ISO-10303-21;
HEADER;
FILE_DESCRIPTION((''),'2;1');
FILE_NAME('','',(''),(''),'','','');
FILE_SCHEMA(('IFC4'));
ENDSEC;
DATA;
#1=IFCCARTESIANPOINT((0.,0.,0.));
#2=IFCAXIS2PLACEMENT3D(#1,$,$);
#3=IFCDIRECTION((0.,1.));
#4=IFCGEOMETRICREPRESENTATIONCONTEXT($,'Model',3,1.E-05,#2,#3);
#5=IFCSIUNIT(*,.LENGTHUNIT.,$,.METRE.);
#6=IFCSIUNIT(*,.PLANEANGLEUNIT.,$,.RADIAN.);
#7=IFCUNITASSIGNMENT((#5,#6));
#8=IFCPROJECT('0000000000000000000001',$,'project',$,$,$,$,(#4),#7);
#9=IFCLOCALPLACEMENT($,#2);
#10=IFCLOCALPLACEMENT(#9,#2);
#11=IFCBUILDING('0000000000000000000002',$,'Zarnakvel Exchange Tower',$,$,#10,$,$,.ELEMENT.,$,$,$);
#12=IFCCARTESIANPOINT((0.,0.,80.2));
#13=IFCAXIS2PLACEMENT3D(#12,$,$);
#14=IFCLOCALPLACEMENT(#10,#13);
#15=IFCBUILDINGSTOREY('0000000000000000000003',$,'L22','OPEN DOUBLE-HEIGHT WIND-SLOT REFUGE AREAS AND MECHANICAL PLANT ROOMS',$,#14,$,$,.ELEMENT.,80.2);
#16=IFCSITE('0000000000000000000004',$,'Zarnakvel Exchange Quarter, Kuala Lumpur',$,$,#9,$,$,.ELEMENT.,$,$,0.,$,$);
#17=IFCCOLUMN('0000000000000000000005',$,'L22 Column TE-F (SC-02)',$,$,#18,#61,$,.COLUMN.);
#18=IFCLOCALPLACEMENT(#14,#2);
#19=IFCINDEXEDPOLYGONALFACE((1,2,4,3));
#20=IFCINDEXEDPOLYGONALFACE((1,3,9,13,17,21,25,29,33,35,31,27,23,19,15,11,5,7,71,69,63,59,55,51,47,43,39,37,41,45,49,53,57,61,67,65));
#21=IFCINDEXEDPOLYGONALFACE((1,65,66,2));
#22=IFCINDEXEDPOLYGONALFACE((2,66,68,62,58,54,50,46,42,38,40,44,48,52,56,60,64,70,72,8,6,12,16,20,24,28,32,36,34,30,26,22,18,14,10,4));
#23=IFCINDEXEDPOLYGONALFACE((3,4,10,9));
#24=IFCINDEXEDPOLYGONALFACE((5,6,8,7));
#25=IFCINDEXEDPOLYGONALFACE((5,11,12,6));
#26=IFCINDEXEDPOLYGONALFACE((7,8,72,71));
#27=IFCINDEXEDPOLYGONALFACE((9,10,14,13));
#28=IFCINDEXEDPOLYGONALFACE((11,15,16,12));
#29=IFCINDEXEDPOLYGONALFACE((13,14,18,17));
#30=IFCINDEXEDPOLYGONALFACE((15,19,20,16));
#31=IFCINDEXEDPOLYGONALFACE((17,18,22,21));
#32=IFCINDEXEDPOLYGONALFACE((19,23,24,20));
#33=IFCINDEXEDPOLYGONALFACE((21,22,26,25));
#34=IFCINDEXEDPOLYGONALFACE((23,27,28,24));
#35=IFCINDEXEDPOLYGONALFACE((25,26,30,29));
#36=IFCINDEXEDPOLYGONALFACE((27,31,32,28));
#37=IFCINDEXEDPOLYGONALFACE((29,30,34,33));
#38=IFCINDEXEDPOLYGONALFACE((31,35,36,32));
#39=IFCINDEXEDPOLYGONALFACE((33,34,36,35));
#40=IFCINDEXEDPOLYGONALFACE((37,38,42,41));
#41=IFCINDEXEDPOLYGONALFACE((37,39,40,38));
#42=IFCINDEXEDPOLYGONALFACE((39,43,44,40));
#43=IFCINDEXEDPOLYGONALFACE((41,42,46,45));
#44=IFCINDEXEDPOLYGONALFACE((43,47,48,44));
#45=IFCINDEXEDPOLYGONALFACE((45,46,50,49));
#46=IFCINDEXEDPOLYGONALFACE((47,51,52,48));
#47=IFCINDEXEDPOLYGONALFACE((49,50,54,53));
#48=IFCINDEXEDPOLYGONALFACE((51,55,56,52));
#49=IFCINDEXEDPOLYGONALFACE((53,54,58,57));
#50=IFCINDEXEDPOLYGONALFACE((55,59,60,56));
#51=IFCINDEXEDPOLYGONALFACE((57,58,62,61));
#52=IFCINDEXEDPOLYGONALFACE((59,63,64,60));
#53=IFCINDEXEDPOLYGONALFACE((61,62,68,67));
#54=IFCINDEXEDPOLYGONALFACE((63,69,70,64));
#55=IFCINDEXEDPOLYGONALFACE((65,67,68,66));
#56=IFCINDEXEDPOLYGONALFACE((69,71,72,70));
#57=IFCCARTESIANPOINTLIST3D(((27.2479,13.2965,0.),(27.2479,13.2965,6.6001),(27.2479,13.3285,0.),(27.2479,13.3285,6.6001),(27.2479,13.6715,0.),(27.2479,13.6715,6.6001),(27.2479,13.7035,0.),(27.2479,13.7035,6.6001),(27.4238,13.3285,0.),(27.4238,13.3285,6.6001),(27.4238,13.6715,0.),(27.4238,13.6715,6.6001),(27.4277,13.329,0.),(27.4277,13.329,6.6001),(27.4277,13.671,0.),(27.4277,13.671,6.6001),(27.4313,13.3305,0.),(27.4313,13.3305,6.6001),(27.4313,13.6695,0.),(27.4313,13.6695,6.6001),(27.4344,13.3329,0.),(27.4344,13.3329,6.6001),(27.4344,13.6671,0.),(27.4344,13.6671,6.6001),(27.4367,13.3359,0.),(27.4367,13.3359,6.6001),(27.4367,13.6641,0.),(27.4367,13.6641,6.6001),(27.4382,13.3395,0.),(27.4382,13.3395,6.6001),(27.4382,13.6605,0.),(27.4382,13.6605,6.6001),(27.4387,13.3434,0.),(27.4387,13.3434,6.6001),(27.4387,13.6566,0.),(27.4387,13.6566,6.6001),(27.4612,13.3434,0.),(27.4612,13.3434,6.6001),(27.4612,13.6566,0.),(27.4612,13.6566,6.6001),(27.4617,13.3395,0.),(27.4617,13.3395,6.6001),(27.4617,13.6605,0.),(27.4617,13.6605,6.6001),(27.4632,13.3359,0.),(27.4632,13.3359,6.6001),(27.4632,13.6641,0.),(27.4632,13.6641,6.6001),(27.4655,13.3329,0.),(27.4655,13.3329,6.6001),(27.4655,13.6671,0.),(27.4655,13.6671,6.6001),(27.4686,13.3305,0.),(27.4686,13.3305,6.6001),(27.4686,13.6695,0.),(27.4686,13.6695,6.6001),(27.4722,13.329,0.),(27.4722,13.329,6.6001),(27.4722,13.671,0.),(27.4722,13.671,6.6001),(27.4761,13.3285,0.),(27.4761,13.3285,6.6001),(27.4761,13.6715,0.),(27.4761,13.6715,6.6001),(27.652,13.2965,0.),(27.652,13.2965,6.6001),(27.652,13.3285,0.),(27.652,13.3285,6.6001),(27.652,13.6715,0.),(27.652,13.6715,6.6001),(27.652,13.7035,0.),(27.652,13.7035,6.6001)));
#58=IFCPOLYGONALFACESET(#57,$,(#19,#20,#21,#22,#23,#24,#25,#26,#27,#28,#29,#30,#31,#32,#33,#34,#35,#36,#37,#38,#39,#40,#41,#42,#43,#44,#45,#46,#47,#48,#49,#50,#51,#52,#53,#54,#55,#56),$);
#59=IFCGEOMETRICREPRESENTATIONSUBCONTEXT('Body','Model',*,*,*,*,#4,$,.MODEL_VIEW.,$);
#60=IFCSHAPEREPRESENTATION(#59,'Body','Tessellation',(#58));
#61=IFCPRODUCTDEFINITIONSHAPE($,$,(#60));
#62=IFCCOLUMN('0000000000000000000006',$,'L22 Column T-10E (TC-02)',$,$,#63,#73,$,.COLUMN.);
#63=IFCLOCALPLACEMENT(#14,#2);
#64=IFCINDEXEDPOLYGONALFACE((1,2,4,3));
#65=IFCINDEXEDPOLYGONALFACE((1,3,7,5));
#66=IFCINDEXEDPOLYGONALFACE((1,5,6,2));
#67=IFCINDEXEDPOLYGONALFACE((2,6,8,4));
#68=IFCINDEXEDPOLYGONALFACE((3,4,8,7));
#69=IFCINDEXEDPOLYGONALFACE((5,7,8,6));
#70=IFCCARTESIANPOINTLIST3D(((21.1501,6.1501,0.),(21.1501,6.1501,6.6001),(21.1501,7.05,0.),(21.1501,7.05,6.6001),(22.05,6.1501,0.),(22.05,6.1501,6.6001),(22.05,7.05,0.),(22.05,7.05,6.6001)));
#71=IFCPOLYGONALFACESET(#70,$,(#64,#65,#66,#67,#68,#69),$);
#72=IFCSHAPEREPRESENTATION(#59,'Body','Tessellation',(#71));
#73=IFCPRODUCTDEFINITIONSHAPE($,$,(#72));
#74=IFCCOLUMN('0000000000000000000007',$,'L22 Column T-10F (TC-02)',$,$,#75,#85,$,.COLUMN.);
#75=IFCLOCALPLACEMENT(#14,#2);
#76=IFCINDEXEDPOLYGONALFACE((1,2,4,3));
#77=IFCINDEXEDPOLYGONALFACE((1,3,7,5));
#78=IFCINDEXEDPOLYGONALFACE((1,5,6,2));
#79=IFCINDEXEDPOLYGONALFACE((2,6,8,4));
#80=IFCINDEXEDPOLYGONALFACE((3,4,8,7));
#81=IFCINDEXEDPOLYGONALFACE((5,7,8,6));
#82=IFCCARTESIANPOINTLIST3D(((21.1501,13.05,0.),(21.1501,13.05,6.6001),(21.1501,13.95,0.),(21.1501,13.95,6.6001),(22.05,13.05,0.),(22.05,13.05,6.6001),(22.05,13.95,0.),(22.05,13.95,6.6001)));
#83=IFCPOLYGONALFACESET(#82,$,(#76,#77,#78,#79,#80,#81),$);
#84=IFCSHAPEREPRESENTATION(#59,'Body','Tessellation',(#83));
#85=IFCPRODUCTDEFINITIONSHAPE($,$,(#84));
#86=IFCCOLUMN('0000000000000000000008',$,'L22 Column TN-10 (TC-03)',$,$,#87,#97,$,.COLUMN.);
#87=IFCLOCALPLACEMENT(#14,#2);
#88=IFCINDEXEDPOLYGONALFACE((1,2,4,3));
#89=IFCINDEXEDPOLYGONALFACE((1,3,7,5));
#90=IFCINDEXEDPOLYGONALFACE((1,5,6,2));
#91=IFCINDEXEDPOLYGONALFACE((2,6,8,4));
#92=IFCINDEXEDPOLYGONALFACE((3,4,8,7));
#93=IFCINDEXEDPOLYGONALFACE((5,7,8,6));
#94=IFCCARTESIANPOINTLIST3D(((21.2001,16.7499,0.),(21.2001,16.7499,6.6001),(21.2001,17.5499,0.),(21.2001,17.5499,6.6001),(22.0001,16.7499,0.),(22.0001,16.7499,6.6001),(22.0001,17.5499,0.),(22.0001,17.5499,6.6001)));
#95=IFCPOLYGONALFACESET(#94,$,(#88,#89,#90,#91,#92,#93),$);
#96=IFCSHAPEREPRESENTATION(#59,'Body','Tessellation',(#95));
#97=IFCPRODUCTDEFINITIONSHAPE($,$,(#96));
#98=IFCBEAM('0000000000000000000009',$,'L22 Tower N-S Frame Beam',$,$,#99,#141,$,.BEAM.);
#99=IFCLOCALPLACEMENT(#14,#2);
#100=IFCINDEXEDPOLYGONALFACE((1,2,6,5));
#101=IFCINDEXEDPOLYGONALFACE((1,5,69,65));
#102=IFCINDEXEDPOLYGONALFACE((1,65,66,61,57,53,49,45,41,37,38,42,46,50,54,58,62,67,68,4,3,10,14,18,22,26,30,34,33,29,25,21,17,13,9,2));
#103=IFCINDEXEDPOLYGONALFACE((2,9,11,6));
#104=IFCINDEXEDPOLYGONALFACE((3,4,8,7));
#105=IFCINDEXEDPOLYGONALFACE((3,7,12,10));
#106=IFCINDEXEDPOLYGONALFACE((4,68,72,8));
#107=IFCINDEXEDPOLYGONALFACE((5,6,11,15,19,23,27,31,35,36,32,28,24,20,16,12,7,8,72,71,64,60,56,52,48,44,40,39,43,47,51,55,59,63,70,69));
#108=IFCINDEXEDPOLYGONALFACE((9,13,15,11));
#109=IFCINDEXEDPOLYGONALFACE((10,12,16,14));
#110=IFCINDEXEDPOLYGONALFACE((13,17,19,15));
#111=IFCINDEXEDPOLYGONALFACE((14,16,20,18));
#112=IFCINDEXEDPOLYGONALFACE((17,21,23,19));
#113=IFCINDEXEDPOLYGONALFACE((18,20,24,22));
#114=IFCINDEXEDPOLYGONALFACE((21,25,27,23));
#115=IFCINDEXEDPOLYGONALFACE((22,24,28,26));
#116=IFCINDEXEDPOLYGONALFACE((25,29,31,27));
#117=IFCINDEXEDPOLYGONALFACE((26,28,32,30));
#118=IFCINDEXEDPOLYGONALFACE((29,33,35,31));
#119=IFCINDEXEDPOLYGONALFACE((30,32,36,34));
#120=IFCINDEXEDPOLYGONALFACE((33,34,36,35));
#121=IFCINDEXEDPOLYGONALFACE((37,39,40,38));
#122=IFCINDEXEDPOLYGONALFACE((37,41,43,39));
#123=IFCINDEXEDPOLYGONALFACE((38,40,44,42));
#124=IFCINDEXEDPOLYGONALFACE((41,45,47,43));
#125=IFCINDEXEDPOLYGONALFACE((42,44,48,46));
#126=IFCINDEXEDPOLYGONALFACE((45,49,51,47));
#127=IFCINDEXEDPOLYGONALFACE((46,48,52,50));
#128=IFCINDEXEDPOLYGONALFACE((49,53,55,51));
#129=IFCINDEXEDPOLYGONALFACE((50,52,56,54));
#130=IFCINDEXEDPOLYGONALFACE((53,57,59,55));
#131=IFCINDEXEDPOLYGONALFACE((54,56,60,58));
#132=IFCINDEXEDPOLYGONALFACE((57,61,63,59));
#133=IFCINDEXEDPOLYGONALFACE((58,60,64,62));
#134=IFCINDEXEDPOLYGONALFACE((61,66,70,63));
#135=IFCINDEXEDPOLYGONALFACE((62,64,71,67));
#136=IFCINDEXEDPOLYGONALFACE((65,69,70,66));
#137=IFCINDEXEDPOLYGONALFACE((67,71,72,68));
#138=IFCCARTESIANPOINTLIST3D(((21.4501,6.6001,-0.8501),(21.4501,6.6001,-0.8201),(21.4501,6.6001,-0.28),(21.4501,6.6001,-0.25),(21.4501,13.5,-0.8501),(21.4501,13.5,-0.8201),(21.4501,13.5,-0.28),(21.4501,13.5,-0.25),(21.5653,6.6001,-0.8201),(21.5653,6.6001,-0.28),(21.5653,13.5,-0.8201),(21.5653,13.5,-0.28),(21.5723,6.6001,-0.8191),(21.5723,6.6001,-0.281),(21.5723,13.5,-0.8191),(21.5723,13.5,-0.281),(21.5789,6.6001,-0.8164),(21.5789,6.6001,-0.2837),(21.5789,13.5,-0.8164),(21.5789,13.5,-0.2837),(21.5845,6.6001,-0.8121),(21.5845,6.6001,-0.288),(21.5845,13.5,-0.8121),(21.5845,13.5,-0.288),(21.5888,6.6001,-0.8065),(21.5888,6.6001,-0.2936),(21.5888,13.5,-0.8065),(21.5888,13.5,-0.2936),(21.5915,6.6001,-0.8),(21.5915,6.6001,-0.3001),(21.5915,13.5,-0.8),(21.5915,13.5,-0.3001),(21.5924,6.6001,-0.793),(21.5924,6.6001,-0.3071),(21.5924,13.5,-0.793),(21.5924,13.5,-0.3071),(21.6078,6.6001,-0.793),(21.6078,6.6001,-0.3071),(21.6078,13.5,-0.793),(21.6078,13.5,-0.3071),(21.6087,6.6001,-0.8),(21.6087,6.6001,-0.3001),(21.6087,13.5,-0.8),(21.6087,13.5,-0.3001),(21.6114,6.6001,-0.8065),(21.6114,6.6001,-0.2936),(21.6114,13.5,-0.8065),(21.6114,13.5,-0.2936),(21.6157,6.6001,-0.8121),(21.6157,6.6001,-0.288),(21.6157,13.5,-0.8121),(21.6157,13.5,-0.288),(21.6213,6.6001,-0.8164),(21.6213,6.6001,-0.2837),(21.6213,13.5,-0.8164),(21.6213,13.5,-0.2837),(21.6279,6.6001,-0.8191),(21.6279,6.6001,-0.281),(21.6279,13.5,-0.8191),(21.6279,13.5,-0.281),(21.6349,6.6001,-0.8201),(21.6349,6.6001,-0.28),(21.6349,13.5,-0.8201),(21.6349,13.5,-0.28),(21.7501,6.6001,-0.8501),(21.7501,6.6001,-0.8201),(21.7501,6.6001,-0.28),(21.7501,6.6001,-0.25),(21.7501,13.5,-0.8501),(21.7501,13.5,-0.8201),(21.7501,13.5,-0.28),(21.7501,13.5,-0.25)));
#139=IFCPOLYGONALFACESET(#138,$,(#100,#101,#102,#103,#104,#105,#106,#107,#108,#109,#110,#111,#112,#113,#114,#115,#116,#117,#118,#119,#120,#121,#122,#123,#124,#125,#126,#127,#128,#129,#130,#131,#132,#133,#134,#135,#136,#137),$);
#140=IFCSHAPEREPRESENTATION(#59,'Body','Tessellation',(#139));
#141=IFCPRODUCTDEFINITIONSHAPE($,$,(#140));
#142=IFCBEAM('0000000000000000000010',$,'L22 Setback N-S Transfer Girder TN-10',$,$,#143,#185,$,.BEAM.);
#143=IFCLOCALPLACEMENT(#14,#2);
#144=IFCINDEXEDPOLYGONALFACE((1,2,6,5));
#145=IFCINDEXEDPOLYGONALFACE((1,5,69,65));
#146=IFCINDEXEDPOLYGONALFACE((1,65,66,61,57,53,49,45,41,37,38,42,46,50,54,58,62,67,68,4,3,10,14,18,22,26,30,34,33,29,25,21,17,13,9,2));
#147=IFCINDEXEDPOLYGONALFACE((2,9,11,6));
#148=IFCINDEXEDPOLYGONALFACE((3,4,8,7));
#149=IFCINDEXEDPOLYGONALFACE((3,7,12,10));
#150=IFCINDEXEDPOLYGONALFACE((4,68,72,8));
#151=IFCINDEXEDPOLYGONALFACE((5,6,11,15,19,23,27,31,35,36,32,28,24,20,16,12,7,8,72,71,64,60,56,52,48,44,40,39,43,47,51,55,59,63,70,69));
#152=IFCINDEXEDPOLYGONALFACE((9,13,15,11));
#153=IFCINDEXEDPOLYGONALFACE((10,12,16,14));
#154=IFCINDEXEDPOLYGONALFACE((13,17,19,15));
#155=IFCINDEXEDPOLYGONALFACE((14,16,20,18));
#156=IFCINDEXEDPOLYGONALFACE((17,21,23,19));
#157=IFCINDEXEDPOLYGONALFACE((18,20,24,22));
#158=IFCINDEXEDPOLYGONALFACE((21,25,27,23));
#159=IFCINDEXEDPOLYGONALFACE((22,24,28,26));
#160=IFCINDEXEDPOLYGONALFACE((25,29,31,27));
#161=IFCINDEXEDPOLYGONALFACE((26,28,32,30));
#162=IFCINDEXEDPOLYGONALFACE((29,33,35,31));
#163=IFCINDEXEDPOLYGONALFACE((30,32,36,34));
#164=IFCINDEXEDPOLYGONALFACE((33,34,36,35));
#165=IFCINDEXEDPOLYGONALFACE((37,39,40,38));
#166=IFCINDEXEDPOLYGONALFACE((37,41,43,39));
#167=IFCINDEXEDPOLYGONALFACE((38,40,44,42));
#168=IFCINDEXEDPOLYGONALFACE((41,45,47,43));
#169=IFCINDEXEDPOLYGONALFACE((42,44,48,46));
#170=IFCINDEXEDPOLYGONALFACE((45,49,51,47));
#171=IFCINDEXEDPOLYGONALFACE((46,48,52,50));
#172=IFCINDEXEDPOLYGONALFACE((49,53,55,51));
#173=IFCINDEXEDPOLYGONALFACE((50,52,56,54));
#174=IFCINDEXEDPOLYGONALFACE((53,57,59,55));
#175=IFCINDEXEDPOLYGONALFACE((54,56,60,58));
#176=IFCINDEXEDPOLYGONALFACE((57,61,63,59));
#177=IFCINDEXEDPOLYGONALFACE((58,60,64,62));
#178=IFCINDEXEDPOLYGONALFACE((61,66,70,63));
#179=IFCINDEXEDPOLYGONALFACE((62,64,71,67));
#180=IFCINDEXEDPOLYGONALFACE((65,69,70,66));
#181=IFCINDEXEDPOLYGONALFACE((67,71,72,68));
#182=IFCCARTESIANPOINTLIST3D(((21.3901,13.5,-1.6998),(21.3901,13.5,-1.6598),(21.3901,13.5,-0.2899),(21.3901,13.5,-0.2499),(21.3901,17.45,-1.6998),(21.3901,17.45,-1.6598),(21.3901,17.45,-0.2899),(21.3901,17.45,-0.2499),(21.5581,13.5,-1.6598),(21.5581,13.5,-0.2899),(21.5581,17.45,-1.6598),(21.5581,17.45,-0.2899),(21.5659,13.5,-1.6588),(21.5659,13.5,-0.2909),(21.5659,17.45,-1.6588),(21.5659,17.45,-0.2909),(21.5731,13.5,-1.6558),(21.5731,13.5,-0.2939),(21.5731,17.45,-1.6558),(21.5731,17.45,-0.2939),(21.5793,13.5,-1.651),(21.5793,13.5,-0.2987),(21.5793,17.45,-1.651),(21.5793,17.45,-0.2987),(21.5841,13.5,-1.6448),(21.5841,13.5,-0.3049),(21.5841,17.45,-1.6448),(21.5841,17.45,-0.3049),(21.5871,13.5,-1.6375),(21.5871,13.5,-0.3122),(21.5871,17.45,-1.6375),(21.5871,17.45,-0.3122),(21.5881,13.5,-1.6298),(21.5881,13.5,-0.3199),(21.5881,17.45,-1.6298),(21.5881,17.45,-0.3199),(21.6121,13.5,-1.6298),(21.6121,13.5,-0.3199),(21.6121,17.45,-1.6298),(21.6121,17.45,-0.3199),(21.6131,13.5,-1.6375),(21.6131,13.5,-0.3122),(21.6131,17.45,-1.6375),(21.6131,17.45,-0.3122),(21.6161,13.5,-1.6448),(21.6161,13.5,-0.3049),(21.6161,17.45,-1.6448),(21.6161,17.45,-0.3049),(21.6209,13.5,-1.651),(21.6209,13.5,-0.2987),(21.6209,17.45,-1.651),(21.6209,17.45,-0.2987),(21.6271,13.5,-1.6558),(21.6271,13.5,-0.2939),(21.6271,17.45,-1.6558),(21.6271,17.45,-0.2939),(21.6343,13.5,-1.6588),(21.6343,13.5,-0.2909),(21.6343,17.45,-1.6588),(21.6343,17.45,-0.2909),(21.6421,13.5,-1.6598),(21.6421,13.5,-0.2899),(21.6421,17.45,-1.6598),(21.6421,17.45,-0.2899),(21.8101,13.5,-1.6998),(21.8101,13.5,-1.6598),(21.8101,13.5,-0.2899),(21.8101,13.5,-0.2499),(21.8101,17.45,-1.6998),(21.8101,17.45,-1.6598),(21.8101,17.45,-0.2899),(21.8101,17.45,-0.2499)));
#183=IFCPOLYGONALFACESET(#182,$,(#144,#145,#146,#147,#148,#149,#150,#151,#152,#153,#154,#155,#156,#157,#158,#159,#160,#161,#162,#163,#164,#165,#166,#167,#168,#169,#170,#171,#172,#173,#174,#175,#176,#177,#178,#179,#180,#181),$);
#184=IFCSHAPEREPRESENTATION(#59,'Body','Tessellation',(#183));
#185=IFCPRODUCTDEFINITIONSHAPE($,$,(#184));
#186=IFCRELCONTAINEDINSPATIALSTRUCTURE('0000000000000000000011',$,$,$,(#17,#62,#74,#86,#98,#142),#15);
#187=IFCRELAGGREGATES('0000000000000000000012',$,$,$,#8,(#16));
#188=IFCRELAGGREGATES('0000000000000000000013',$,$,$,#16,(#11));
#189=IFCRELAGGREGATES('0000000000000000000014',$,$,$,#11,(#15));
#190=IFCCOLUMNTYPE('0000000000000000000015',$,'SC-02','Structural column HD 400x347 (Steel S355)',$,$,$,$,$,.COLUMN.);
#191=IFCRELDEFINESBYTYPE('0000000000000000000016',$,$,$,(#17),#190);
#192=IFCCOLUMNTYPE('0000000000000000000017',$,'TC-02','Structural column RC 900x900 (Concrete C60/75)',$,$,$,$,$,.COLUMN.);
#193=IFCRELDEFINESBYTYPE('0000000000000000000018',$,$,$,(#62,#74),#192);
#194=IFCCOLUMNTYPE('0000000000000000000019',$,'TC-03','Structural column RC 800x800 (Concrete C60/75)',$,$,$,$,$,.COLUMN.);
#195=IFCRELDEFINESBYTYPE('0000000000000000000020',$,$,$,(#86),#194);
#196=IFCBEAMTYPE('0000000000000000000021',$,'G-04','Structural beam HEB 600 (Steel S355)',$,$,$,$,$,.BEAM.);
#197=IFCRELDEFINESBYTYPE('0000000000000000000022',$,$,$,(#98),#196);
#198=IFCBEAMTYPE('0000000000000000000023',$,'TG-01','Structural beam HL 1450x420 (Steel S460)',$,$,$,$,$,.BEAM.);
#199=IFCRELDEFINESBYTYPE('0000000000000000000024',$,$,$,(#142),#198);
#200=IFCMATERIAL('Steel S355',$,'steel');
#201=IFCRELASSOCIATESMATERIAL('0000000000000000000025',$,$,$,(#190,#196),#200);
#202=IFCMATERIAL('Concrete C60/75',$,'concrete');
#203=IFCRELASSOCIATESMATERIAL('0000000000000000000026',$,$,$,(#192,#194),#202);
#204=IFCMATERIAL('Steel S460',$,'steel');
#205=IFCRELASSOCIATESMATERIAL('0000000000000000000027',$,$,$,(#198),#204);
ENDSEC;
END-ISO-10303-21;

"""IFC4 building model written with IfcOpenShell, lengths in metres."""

from ifc_helpers import new_model, si_unit, direction, frame, origin, origin_2d, place, context, subcontext, project, spatial, rectangle, i_section, extrude, material, material_profile, profile_set, type_object, element, save


model = new_model("IFC4")

# Units and contexts
model_context = context("Model", 3, precision=1e-05, world=origin(), true_north=direction((0.0, 1.0)))
body_context = subcontext(model_context, "Body", "Model", "MODEL_VIEW")
ifc_project = project(units=[si_unit("LENGTHUNIT", "METRE"), si_unit("PLANEANGLEUNIT", "RADIAN")], contexts=[model_context])

# Site, building, storey
site_placement = place(None, origin())
site = spatial("IfcSite", under=ifc_project, at=site_placement, Name="Zarnakvel Exchange Quarter, Kuala Lumpur", CompositionType="ELEMENT", RefElevation=0.0)
building_placement = place(site_placement, origin())
building = spatial("IfcBuilding", under=site, at=building_placement, Name="Zarnakvel Exchange Tower", CompositionType="ELEMENT")
storey_placement = place(building_placement, frame((0.0, 0.0, 80.2)))
storey = spatial("IfcBuildingStorey", under=building, at=storey_placement, Name="L22", Description="OPEN DOUBLE-HEIGHT WIND-SLOT REFUGE AREAS AND MECHANICAL PLANT ROOMS", CompositionType="ELEMENT", Elevation=80.2)

# Columns
ifc_material_1 = material(Name="Steel S355", Category="steel")
ifc_material_profile_1 = material_profile(ifc_material_1, i_section(OverallWidth=0.4041, OverallDepth=0.407, WebThickness=0.0225, FlangeThickness=0.032, FilletRadius=0.0149, at=origin_2d()))
ifc_profile_set_1 = profile_set([ifc_material_profile_1], Name="Steel S355")
column_type_1 = type_object("IfcColumnType", Name="SC-02", Description="Structural column HD 400x347 (Steel S355)", PredefinedType="COLUMN", material=ifc_profile_set_1)
column_1_placement = place(storey_placement, frame((27.45, 13.5, 0.0), z_axis=(0.0, 0.0, 1.0), x_axis=(1.0, 0.0, 0.0)))
element("IfcColumn", 1, at=column_1_placement, inside=storey, type_object=column_type_1, Name="L22 Column TE-F (SC-02)", PredefinedType="COLUMN", context=body_context, shape_type="SweptSolid", body=[
    extrude(i_section(OverallWidth=0.4041, OverallDepth=0.407, WebThickness=0.0225, FlangeThickness=0.032, FilletRadius=0.0149, at=origin_2d()), origin(), (0.0, 0.0, 1.0), 6.6001),
])
ifc_material_2 = material(Name="Concrete C60/75", Category="concrete")
ifc_material_profile_2 = material_profile(ifc_material_2, rectangle(XDim=0.8999, YDim=0.8999, at=origin_2d()))
ifc_profile_set_2 = profile_set([ifc_material_profile_2], Name="Concrete C60/75")
column_type_2 = type_object("IfcColumnType", Name="TC-02", Description="Structural column RC 900x900 (Concrete C60/75)", PredefinedType="COLUMN", material=ifc_profile_set_2)
for number, where, z_axis, x_axis, name in (
    (2, (21.6001, 6.6001, 0.0), (0.0, 0.0, 1.0), (1.0, 0.0, 0.0), "L22 Column T-10E (TC-02)"),
    (3, (21.6001, 13.5, 0.0), (0.0, 0.0, 1.0), (1.0, 0.0, 0.0), "L22 Column T-10F (TC-02)"),
):
    element("IfcColumn", number, at=place(storey_placement, frame(where, z_axis=z_axis, x_axis=x_axis)), inside=storey, type_object=column_type_2, Name=name, PredefinedType="COLUMN", context=body_context, shape_type="SweptSolid", body=[
        extrude(rectangle(XDim=0.8999, YDim=0.8999, at=origin_2d()), origin(), (0.0, 0.0, 1.0), 6.6001),
    ])
ifc_material_profile_3 = material_profile(ifc_material_2, rectangle(XDim=0.8, YDim=0.8, at=origin_2d()))
ifc_profile_set_3 = profile_set([ifc_material_profile_3], Name="Concrete C60/75")
column_type_3 = type_object("IfcColumnType", Name="TC-03", Description="Structural column RC 800x800 (Concrete C60/75)", PredefinedType="COLUMN", material=ifc_profile_set_3)
column_2_placement = place(storey_placement, frame((21.6001, 17.1499, 0.0), z_axis=(0.0, 0.0, 1.0), x_axis=(1.0, 0.0, 0.0)))
element("IfcColumn", 4, at=column_2_placement, inside=storey, type_object=column_type_3, Name="L22 Column TN-10 (TC-03)", PredefinedType="COLUMN", context=body_context, shape_type="SweptSolid", body=[
    extrude(rectangle(XDim=0.8, YDim=0.8, at=origin_2d()), origin(), (0.0, 0.0, 1.0), 6.6001),
])

# Beams
ifc_material_profile_4 = material_profile(ifc_material_1, i_section(OverallWidth=0.3, OverallDepth=0.6001, WebThickness=0.0154, FlangeThickness=0.03, FilletRadius=0.0271, at=origin_2d()))
ifc_profile_set_4 = profile_set([ifc_material_profile_4], Name="Steel S355")
beam_type_1 = type_object("IfcBeamType", Name="G-04", Description="Structural beam HEB 600 (Steel S355)", PredefinedType="BEAM", material=ifc_profile_set_4)
beam_1_placement = place(storey_placement, frame((21.6001, 6.6001, -0.55), z_axis=(0.0, 1.0, 0.0), x_axis=(-1.0, 0.0, 0.0)))
element("IfcBeam", 5, at=beam_1_placement, inside=storey, type_object=beam_type_1, Name="L22 Tower N-S Frame Beam", PredefinedType="BEAM", context=body_context, shape_type="SweptSolid", body=[
    extrude(i_section(OverallWidth=0.3, OverallDepth=0.6001, WebThickness=0.0154, FlangeThickness=0.03, FilletRadius=0.0271, at=origin_2d()), origin(), (0.0, 0.0, 1.0), 6.8999),
])
ifc_material_3 = material(Name="Steel S460", Category="steel")
ifc_material_profile_5 = material_profile(ifc_material_3, i_section(OverallWidth=0.4199, OverallDepth=1.45, WebThickness=0.0239, FlangeThickness=0.04, FilletRadius=0.03, at=origin_2d()))
ifc_profile_set_5 = profile_set([ifc_material_profile_5], Name="Steel S460")
beam_type_2 = type_object("IfcBeamType", Name="TG-01", Description="Structural beam HL 1450x420 (Steel S460)", PredefinedType="BEAM", material=ifc_profile_set_5)
beam_2_placement = place(storey_placement, frame((21.6001, 13.5, -0.9749), z_axis=(0.0, 1.0, 0.0), x_axis=(-1.0, 0.0, 0.0)))
element("IfcBeam", 6, at=beam_2_placement, inside=storey, type_object=beam_type_2, Name="L22 Setback N-S Transfer Girder TN-10", PredefinedType="BEAM", context=body_context, shape_type="SweptSolid", body=[
    extrude(i_section(OverallWidth=0.4199, OverallDepth=1.45, WebThickness=0.0239, FlangeThickness=0.04, FilletRadius=0.03, at=origin_2d()), origin(), (0.0, 0.0, 1.0), 3.95),
])

save(model, "model.ifc")
